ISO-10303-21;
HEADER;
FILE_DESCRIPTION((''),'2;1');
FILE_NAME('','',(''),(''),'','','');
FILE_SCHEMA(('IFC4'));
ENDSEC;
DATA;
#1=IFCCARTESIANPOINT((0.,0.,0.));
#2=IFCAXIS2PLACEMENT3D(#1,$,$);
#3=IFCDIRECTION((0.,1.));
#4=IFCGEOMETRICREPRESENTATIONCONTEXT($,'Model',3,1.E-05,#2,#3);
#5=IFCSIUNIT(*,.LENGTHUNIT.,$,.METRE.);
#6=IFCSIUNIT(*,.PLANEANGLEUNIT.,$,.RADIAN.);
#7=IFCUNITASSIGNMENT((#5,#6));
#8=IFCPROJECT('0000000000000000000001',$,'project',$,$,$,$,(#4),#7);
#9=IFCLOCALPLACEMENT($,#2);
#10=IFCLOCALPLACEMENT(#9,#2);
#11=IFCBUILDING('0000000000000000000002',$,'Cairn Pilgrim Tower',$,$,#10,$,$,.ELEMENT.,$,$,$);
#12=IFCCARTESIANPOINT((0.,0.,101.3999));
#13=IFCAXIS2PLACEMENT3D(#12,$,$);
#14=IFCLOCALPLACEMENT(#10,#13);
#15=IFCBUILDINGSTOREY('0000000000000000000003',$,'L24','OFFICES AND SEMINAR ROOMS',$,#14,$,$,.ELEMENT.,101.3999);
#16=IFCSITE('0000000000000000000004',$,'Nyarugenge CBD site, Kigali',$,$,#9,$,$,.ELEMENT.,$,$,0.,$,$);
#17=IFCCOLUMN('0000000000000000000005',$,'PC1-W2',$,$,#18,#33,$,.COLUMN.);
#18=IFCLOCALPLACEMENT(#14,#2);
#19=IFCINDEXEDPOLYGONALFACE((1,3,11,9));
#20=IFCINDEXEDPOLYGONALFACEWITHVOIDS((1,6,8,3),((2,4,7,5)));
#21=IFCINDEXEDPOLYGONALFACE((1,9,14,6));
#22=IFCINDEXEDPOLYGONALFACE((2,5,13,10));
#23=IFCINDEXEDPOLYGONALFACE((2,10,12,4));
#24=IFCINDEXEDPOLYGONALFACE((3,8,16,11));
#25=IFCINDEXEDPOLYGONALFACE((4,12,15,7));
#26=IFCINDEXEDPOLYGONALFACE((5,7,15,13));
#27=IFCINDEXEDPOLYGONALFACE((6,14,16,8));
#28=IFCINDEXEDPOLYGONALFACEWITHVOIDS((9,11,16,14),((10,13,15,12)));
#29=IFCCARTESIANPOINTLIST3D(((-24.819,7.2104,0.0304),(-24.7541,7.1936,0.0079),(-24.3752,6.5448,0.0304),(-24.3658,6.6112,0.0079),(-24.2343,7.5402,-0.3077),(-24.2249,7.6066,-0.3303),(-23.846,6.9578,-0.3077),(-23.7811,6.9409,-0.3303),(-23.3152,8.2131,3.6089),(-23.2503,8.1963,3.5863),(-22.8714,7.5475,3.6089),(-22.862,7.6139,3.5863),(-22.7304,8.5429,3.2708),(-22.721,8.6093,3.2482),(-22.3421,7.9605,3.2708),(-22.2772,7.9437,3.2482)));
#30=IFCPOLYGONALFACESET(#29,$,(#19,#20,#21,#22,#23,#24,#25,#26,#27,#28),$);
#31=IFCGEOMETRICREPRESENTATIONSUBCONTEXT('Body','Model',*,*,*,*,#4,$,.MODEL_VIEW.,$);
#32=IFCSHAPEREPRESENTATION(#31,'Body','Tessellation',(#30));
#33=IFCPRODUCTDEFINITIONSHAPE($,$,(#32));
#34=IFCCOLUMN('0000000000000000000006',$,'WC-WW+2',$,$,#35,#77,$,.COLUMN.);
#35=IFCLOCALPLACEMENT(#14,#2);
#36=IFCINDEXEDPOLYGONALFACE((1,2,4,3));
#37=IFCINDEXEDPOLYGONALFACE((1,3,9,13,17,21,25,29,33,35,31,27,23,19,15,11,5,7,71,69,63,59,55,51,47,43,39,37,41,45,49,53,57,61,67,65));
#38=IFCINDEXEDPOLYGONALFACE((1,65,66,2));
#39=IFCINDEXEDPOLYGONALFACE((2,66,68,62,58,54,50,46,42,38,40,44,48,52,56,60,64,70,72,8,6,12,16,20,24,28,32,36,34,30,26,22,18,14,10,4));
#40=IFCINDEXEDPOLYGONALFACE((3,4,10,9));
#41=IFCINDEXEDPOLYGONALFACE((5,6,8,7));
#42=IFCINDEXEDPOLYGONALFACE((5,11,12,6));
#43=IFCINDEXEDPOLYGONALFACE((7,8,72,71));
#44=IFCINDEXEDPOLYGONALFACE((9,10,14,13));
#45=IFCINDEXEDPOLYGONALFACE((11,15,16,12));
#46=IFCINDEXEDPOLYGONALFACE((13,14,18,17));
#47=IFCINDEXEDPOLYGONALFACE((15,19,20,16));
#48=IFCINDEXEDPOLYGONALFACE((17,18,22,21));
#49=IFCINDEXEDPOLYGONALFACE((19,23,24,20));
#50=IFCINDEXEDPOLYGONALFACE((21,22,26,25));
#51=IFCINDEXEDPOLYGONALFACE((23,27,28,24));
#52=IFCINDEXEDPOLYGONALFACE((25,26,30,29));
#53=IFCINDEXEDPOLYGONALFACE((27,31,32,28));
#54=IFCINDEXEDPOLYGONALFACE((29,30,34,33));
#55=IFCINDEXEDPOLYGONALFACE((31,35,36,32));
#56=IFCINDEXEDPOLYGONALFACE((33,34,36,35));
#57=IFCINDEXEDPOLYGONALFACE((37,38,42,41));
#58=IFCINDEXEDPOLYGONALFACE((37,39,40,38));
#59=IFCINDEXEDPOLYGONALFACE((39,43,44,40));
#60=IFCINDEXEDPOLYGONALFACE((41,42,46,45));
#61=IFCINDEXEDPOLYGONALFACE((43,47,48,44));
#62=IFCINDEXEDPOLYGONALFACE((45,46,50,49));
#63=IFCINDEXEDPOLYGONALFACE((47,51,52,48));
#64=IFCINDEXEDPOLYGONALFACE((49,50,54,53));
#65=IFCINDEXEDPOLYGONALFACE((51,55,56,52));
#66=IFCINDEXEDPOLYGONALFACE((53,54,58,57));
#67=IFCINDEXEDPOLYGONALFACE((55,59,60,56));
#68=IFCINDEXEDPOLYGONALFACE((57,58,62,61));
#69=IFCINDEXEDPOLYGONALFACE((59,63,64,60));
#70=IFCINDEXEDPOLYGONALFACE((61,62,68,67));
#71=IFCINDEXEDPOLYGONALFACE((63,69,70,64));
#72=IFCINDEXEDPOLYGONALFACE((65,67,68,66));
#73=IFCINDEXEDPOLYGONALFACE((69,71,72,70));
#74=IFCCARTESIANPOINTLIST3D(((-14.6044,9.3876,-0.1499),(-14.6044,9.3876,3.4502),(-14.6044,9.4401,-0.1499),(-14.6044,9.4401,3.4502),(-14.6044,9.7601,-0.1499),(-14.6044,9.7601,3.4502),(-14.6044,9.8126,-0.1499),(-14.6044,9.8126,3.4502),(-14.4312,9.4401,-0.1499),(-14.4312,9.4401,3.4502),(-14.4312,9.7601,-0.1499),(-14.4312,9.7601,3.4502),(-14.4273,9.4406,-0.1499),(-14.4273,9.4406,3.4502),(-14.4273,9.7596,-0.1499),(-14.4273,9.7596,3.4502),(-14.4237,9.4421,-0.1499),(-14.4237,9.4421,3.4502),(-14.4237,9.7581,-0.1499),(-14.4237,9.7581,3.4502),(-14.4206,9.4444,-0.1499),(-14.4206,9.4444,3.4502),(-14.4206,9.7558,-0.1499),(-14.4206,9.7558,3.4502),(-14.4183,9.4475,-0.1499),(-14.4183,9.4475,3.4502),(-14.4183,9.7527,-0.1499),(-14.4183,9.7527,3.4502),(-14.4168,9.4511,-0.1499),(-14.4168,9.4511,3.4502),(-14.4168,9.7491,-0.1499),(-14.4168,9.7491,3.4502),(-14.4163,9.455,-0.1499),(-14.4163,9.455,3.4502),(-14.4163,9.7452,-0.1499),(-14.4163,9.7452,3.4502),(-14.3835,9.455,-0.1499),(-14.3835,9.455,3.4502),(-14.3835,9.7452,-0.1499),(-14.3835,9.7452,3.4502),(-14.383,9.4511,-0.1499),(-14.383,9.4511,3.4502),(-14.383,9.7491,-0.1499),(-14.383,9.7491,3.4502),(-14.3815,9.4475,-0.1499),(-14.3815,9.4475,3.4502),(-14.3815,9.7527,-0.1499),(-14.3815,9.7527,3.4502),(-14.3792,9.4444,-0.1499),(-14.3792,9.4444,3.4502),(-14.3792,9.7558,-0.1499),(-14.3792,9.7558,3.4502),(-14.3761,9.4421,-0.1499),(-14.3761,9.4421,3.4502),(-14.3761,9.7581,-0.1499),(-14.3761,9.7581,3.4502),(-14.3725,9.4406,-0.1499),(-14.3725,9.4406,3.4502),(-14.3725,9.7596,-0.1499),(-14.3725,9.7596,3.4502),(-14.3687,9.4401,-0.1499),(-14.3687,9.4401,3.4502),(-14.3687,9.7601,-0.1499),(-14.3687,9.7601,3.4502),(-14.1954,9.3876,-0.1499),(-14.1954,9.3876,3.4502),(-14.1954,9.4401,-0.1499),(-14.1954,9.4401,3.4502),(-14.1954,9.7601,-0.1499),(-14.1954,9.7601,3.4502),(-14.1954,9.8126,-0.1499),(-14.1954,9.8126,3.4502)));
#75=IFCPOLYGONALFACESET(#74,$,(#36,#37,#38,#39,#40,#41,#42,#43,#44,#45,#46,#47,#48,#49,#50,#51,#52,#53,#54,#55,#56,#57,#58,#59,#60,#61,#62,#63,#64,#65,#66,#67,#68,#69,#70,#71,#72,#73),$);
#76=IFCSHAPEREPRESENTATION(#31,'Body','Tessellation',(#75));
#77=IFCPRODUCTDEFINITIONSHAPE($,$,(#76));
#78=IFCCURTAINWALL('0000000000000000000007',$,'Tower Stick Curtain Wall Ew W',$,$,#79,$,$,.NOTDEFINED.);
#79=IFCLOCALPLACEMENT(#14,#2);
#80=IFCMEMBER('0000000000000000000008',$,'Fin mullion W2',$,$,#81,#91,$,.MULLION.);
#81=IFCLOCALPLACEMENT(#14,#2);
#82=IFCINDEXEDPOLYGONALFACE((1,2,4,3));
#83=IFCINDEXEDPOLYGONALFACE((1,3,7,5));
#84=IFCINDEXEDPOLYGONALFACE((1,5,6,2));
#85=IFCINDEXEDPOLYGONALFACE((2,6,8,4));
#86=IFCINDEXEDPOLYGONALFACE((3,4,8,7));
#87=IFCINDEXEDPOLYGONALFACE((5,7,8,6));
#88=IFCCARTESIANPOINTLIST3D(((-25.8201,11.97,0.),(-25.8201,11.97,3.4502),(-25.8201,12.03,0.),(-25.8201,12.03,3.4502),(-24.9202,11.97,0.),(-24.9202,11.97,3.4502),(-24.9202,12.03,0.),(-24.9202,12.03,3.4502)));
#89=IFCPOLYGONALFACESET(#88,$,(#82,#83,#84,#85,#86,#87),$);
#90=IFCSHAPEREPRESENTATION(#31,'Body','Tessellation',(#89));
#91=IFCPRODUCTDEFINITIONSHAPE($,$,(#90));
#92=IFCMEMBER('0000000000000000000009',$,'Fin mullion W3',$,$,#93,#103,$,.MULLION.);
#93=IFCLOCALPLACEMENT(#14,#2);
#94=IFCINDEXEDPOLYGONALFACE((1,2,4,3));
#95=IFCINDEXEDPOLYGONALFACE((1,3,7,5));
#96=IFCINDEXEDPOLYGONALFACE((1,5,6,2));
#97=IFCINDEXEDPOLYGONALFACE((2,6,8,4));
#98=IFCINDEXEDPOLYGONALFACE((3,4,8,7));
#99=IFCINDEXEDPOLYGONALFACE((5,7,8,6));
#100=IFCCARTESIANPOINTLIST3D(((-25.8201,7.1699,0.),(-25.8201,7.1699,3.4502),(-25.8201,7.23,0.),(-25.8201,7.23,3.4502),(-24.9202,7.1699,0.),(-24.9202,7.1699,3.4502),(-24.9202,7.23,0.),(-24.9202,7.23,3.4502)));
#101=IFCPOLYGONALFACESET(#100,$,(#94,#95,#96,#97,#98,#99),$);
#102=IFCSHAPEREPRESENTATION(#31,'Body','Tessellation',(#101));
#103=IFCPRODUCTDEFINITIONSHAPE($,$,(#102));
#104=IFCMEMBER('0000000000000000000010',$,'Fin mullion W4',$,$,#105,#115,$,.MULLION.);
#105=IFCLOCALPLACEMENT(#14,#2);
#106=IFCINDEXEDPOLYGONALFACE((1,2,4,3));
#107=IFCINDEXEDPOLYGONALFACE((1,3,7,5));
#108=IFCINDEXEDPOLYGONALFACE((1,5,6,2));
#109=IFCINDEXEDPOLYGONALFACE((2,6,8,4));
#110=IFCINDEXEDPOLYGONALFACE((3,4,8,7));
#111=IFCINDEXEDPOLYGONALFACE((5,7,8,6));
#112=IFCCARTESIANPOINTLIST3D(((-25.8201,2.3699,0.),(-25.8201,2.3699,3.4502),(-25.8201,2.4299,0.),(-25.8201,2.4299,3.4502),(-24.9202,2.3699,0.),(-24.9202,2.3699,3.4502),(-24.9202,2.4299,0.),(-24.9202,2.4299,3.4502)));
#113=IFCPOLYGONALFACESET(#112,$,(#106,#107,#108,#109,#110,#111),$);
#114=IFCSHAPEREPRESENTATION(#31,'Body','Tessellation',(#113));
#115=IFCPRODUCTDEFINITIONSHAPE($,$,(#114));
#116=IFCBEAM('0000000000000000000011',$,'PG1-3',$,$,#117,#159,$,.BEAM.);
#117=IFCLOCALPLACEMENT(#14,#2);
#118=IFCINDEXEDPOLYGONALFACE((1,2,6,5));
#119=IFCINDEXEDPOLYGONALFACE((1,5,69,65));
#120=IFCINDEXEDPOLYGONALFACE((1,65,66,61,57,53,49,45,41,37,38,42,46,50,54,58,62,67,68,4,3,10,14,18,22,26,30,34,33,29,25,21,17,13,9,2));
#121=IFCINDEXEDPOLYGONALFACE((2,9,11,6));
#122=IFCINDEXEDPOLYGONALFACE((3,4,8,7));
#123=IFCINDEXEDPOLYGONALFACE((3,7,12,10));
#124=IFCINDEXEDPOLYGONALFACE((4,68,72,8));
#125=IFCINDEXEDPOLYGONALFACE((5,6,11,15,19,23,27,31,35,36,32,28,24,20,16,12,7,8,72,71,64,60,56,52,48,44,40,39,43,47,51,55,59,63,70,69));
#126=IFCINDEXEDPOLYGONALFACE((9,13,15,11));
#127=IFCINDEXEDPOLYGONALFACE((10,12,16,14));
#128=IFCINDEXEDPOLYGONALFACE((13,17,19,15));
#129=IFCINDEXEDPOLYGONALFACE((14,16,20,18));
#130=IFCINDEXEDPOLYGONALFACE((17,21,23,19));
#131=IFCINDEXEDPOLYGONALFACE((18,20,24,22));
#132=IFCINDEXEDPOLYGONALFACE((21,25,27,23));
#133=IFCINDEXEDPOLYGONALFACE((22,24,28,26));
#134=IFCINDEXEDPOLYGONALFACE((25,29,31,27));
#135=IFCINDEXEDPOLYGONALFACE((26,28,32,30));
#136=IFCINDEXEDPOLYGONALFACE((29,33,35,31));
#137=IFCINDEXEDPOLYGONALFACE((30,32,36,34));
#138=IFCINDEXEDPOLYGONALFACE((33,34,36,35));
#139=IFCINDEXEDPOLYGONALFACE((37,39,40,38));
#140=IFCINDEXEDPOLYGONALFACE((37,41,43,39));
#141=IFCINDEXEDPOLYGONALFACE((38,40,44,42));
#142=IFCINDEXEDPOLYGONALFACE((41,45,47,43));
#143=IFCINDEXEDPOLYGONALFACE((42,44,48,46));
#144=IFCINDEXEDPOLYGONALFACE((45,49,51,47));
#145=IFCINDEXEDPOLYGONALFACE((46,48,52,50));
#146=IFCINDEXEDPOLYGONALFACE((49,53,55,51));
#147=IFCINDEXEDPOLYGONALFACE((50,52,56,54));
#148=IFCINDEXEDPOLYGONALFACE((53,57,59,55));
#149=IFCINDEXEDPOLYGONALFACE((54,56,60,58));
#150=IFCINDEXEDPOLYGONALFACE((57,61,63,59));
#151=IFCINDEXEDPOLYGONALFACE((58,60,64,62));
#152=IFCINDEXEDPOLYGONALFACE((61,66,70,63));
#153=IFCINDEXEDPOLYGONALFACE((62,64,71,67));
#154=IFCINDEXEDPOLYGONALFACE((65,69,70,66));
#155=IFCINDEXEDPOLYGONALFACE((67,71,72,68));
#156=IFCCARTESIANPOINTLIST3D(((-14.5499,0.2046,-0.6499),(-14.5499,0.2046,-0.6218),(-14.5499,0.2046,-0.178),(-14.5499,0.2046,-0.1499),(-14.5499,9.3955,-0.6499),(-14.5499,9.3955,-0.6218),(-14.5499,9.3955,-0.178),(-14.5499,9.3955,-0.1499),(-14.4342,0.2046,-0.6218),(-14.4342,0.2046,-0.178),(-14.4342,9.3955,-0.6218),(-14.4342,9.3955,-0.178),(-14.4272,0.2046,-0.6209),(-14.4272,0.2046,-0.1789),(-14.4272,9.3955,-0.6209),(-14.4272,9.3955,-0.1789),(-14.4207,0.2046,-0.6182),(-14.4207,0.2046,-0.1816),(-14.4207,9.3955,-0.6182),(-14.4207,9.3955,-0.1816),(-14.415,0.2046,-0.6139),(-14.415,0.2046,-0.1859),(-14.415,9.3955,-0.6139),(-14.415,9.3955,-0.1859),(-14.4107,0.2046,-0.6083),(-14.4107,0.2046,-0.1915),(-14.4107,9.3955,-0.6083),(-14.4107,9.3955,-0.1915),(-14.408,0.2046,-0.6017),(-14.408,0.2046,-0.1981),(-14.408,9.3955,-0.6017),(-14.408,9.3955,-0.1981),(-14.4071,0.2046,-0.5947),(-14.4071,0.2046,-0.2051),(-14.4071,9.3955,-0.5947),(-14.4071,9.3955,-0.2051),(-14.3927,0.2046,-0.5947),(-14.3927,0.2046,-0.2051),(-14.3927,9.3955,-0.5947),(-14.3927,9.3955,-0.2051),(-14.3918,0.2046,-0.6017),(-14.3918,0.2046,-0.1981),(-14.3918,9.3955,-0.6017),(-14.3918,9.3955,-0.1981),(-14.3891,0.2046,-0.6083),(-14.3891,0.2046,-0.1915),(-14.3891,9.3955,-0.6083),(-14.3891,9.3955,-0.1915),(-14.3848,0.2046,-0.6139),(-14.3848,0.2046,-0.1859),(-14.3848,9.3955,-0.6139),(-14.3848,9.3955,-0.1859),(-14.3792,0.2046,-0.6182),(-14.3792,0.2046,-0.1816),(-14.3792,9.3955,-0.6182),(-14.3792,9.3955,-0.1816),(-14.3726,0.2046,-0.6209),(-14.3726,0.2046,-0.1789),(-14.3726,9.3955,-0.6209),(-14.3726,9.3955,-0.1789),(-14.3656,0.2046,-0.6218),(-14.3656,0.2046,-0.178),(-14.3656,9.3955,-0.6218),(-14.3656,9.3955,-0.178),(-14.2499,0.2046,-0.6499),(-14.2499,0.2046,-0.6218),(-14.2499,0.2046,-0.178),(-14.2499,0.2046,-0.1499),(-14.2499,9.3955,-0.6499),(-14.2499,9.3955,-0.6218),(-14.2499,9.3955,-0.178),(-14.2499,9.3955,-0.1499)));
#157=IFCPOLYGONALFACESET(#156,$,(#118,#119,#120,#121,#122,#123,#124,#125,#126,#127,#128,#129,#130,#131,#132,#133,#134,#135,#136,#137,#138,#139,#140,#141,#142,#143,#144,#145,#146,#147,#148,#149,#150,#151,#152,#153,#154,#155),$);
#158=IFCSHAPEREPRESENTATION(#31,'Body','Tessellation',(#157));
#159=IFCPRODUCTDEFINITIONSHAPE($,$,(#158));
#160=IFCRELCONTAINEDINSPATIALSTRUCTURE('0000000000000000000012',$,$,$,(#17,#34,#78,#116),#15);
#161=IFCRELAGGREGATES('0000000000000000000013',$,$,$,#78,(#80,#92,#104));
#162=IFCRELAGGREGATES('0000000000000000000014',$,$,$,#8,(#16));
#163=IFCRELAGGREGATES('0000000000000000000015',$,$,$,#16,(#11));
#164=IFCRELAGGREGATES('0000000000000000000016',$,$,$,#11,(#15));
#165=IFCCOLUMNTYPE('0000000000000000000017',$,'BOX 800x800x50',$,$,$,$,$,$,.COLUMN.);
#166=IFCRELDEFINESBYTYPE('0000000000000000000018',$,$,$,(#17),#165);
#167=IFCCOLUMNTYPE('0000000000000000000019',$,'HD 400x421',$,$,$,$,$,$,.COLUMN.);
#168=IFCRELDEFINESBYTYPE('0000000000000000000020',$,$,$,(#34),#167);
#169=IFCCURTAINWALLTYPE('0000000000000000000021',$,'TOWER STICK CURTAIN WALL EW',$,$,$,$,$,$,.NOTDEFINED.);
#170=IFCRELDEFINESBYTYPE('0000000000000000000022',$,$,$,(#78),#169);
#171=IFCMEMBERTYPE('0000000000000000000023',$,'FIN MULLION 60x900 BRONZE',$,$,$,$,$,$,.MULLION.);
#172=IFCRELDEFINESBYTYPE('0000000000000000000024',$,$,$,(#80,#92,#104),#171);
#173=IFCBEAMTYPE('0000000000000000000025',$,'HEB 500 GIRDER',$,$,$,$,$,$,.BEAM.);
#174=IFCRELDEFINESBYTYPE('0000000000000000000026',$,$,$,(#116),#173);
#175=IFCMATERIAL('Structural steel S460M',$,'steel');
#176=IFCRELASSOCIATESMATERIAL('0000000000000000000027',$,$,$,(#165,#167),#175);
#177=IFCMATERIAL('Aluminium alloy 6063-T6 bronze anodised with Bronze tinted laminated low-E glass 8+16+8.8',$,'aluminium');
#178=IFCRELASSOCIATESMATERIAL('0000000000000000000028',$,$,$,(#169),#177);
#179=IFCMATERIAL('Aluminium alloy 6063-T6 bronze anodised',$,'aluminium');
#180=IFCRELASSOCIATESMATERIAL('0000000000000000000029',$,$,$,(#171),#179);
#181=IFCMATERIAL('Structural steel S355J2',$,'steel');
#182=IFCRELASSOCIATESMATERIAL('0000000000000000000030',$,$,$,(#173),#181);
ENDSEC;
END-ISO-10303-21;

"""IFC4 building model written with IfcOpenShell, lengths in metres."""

from ifc_helpers import new_model, si_unit, direction, frame, origin, origin_2d, place, context, subcontext, project, spatial, rectangle, hollow_rectangle, i_section, extrude, clip, halfspace, material, material_profile, profile_set, type_object, element, aggregate, save


model = new_model("IFC4")

# Units and contexts
model_context = context("Model", 3, precision=1e-05, world=origin(), true_north=direction((0.0, 1.0)))
body_context = subcontext(model_context, "Body", "Model", "MODEL_VIEW")
ifc_project = project(units=[si_unit("LENGTHUNIT", "METRE"), si_unit("PLANEANGLEUNIT", "RADIAN")], contexts=[model_context])

# Site, building, storey
site_placement = place(None, origin())
site = spatial("IfcSite", under=ifc_project, at=site_placement, Name="Nyarugenge CBD site, Kigali", CompositionType="ELEMENT", RefElevation=0.0)
building_placement = place(site_placement, origin())
building = spatial("IfcBuilding", under=site, at=building_placement, Name="Cairn Pilgrim Tower", CompositionType="ELEMENT")
storey_placement = place(building_placement, frame((0.0, 0.0, 101.3999)))
storey = spatial("IfcBuildingStorey", under=building, at=storey_placement, Name="L24", Description="OFFICES AND SEMINAR ROOMS", CompositionType="ELEMENT", Elevation=101.3999)

# Columns
ifc_material_1 = material(Name="Structural steel S460M", Category="steel")
ifc_material_profile_1 = material_profile(ifc_material_1, hollow_rectangle(XDim=0.8, YDim=0.8, WallThickness=0.05, at=origin_2d()), Name="BOX 800x800x50")
ifc_profile_set_1 = profile_set([ifc_material_profile_1], Name="Structural steel S460M")
column_type_1 = type_object("IfcColumnType", Name="BOX 800x800x50", PredefinedType="COLUMN", material=ifc_profile_set_1)
column_1_placement = place(storey_placement, frame((-24.3, 7.0757, -0.1499), z_axis=(0.375114, 0.250116, 0.892598), x_axis=(-0.554762, 0.832009, 0.0)))
element("IfcColumn", 1, at=column_1_placement, inside=storey, type_object=column_type_1, Name="PC1-W2", PredefinedType="COLUMN", context=body_context, shape_type="Clipping", body=[
    clip(extrude(hollow_rectangle(XDim=0.8, YDim=0.8, WallThickness=0.05, at=origin_2d()), origin(), (0.0, 0.0, 1.0), 4.0332), halfspace(frame((0.0, 0.0, 4.009), z_axis=(0.0, 0.0, 1.0), x_axis=(1.0, 0.0, 0.0)), False)),
])
ifc_material_profile_2 = material_profile(ifc_material_1, i_section(OverallWidth=0.4089, OverallDepth=0.425, WebThickness=0.0327, FlangeThickness=0.0525, FilletRadius=0.0149, at=origin_2d()), Name="HD 400x421")
ifc_profile_set_2 = profile_set([ifc_material_profile_2], Name="Structural steel S460M")
column_type_2 = type_object("IfcColumnType", Name="HD 400x421", PredefinedType="COLUMN", material=ifc_profile_set_2)
column_2_placement = place(storey_placement, frame((-14.3999, 9.6001, -0.1499), z_axis=(0.0, 0.0, 1.0), x_axis=(1.0, 0.0, 0.0)))
element("IfcColumn", 2, at=column_2_placement, inside=storey, type_object=column_type_2, Name="WC-WW+2", PredefinedType="COLUMN", context=body_context, shape_type="SweptSolid", body=[
    extrude(i_section(OverallWidth=0.4089, OverallDepth=0.425, WebThickness=0.0327, FlangeThickness=0.0525, FilletRadius=0.0149, at=origin_2d()), origin(), (0.0, 0.0, 1.0), 3.6001),
])

# Curtain wall, members
ifc_material_2 = material(Name="Aluminium alloy 6063-T6 bronze anodised with Bronze tinted laminated low-E glass 8+16+8.8", Category="aluminium")
curtain_wall_type = type_object("IfcCurtainWallType", Name="TOWER STICK CURTAIN WALL EW", PredefinedType="NOTDEFINED", material=ifc_material_2)
curtain_wall_placement = place(storey_placement, origin())
curtain_wall = element("IfcCurtainWall", 3, at=curtain_wall_placement, inside=storey, type_object=curtain_wall_type, Name="Tower Stick Curtain Wall Ew W", PredefinedType="NOTDEFINED")
ifc_material_3 = material(Name="Aluminium alloy 6063-T6 bronze anodised", Category="aluminium")
ifc_material_profile_3 = material_profile(ifc_material_3, rectangle(XDim=0.8999, YDim=0.0601, at=origin_2d()), Name="FIN MULLION 60x900 BRONZE")
ifc_profile_set_3 = profile_set([ifc_material_profile_3], Name="Aluminium alloy 6063-T6 bronze anodised")
member_type_1 = type_object("IfcMemberType", Name="FIN MULLION 60x900 BRONZE", PredefinedType="MULLION", material=ifc_profile_set_3)
member_1_placement = place(storey_placement, frame((-25.3701, 12.0, 0.0), z_axis=(0.0, 0.0, 1.0), x_axis=(-1.0, 0.0, 0.0)))
member_1 = element("IfcMember", 4, at=member_1_placement, type_object=member_type_1, Name="Fin mullion W2", PredefinedType="MULLION", context=body_context, shape_type="SweptSolid", body=[
    extrude(rectangle(XDim=0.8999, YDim=0.0601, at=origin_2d()), origin(), (0.0, 0.0, 1.0), 3.4502),
])
member_2_placement = place(storey_placement, frame((-25.3701, 7.2, 0.0), z_axis=(0.0, 0.0, 1.0), x_axis=(-1.0, 0.0, 0.0)))
member_2 = element("IfcMember", 5, at=member_2_placement, type_object=member_type_1, Name="Fin mullion W3", PredefinedType="MULLION", context=body_context, shape_type="SweptSolid", body=[
    extrude(rectangle(XDim=0.8999, YDim=0.0601, at=origin_2d()), origin(), (0.0, 0.0, 1.0), 3.4502),
])
member_3_placement = place(storey_placement, frame((-25.3701, 2.3999, 0.0), z_axis=(0.0, 0.0, 1.0), x_axis=(-1.0, 0.0, 0.0)))
member_3 = element("IfcMember", 6, at=member_3_placement, type_object=member_type_1, Name="Fin mullion W4", PredefinedType="MULLION", context=body_context, shape_type="SweptSolid", body=[
    extrude(rectangle(XDim=0.8999, YDim=0.0601, at=origin_2d()), origin(), (0.0, 0.0, 1.0), 3.4502),
])

# Beam
ifc_material_4 = material(Name="Structural steel S355J2", Category="steel")
ifc_material_profile_4 = material_profile(ifc_material_4, i_section(OverallWidth=0.3, OverallDepth=0.5, WebThickness=0.0144, FlangeThickness=0.0281, FilletRadius=0.0271, at=origin_2d()), Name="HEB 500")
ifc_profile_set_4 = profile_set([ifc_material_profile_4], Name="Structural steel S355J2")
beam_type_1 = type_object("IfcBeamType", Name="HEB 500 GIRDER", PredefinedType="BEAM", material=ifc_profile_set_4)
beam_1_placement = place(storey_placement, frame((-14.3999, 0.2046, -0.3999), z_axis=(0.0, 1.0, 0.0), x_axis=(-1.0, 0.0, 0.0)))
element("IfcBeam", 7, at=beam_1_placement, inside=storey, type_object=beam_type_1, Name="PG1-3", PredefinedType="BEAM", context=body_context, shape_type="SweptSolid", body=[
    extrude(i_section(OverallWidth=0.3, OverallDepth=0.5, WebThickness=0.0144, FlangeThickness=0.0281, FilletRadius=0.0271, at=origin_2d()), origin(), (0.0, 0.0, 1.0), 9.1909),
])

aggregate(curtain_wall, [member_1, member_2, member_3])

save(model, "model.ifc")
